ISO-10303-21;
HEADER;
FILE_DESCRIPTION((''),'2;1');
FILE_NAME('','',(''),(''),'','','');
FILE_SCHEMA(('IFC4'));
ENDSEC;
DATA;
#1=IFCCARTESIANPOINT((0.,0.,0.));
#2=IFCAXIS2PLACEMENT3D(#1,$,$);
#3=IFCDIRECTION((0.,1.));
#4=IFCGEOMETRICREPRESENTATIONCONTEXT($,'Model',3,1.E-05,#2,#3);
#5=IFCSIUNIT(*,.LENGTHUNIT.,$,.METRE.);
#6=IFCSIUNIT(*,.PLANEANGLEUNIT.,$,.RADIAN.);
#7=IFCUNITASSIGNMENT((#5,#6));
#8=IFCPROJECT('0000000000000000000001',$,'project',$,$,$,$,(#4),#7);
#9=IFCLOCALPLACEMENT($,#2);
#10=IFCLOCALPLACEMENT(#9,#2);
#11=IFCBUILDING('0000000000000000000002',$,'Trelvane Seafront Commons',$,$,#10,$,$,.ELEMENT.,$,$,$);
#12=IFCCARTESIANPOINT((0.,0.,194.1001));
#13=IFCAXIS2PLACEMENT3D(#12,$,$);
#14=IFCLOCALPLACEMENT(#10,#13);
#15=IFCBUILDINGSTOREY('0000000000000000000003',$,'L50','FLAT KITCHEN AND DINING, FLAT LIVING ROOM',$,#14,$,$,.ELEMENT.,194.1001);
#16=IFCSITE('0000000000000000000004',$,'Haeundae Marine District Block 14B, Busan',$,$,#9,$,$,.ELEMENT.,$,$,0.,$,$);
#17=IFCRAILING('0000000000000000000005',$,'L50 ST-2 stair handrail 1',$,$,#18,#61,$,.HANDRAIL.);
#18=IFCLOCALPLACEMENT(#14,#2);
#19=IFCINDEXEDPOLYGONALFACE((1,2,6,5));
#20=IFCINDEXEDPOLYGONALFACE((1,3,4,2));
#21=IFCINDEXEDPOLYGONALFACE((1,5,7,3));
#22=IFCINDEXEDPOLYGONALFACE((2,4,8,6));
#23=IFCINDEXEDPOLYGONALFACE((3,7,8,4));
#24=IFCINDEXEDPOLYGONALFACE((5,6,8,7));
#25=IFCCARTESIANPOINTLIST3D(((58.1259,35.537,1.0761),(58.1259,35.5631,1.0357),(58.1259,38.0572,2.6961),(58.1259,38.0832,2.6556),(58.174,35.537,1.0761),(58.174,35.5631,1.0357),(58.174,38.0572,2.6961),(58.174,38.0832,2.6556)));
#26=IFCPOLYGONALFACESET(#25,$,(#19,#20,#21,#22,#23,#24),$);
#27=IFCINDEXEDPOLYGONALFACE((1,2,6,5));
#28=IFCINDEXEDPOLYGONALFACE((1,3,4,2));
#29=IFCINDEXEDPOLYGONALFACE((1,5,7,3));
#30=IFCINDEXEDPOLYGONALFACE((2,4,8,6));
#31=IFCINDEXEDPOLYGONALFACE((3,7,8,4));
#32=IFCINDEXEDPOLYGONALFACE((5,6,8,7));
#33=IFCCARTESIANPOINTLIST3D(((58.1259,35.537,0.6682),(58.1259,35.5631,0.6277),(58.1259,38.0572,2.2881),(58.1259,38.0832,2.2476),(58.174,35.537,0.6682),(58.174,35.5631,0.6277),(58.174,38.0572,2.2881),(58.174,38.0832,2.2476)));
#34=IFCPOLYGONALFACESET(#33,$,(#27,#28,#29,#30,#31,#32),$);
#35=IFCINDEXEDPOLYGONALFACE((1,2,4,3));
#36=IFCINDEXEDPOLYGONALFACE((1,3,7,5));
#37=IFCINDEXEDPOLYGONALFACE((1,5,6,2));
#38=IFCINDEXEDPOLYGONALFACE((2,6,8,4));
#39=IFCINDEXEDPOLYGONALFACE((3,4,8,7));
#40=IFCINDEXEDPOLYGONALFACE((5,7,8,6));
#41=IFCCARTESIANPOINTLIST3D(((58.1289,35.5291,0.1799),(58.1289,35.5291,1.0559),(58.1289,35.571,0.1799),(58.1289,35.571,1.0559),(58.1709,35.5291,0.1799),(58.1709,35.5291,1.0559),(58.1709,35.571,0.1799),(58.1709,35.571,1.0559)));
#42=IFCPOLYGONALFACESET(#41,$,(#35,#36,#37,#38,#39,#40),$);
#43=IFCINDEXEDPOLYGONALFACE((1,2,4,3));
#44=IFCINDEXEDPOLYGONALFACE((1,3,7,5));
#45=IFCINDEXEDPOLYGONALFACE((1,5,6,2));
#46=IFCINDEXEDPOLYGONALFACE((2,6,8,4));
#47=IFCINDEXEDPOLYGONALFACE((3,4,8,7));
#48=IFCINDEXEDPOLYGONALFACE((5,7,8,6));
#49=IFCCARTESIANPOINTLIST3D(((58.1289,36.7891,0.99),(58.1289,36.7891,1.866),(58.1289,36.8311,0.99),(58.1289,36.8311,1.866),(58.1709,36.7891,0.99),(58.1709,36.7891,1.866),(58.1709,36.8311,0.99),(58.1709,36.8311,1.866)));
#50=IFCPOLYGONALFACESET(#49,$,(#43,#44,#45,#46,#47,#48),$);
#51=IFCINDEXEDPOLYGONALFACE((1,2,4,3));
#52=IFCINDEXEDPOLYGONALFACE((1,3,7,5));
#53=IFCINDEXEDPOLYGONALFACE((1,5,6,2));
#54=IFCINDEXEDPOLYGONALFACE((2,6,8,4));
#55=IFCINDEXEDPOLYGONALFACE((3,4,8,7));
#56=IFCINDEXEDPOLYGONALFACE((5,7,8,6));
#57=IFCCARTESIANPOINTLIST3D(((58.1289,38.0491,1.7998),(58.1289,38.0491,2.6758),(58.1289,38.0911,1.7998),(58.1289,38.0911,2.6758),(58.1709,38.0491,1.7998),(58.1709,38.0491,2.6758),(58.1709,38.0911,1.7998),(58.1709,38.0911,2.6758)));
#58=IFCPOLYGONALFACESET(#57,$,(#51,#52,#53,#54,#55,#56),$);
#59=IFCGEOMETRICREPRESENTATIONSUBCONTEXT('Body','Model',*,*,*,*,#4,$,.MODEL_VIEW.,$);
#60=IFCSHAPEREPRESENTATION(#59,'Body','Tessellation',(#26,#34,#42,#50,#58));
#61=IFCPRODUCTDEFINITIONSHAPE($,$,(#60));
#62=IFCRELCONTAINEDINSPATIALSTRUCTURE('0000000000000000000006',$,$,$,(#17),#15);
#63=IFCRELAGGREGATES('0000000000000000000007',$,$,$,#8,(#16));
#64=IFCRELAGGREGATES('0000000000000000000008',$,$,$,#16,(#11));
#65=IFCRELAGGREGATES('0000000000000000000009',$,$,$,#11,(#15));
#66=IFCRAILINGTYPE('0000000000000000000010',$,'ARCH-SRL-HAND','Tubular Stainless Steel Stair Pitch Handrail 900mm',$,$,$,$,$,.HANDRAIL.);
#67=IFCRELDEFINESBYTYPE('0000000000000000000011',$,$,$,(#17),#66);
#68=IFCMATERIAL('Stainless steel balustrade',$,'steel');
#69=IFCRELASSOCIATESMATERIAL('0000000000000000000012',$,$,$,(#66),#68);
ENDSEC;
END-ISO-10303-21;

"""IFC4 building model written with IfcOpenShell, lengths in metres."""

from ifc_helpers import new_model, si_unit, direction, frame, origin, origin_2d, place, context, subcontext, project, spatial, rectangle, extrude, material, type_object, element, save


model = new_model("IFC4")

# Units and contexts
model_context = context("Model", 3, precision=1e-05, world=origin(), true_north=direction((0.0, 1.0)))
body_context = subcontext(model_context, "Body", "Model", "MODEL_VIEW")
ifc_project = project(units=[si_unit("LENGTHUNIT", "METRE"), si_unit("PLANEANGLEUNIT", "RADIAN")], contexts=[model_context])

# Site, building, storey
site_placement = place(None, origin())
site = spatial("IfcSite", under=ifc_project, at=site_placement, Name="Haeundae Marine District Block 14B, Busan", CompositionType="ELEMENT", RefElevation=0.0)
building_placement = place(site_placement, origin())
building = spatial("IfcBuilding", under=site, at=building_placement, Name="Trelvane Seafront Commons", CompositionType="ELEMENT")
storey_placement = place(building_placement, frame((0.0, 0.0, 194.1001)))
storey = spatial("IfcBuildingStorey", under=building, at=storey_placement, Name="L50", Description="FLAT KITCHEN AND DINING, FLAT LIVING ROOM", CompositionType="ELEMENT", Elevation=194.1001)

# Railing
ifc_material_1 = material(Name="Stainless steel balustrade", Category="steel")
railing_type_1 = type_object("IfcRailingType", Name="ARCH-SRL-HAND", Description="Tubular Stainless Steel Stair Pitch Handrail 900mm", PredefinedType="HANDRAIL", material=ifc_material_1)
railing_1_placement = place(storey_placement, frame((58.1499, 35.55, 0.1799)))
element("IfcRailing", 1, at=railing_1_placement, inside=storey, type_object=railing_type_1, Name="L50 ST-2 stair handrail 1", PredefinedType="HANDRAIL", context=body_context, shape_type="SweptSolid", body=[
    extrude(rectangle(XDim=0.0481, YDim=0.0481, at=origin_2d()), frame((0.0, 0.0, 0.876), z_axis=(0.0, 0.8412, 0.540725), x_axis=(-1.0, 0.0, 0.0)), (0.0, 0.0, 1.0), 2.9958),
    extrude(rectangle(XDim=0.0481, YDim=0.0481, at=origin_2d()), frame((0.0, 0.0, 0.468), z_axis=(0.0, 0.8412, 0.540725), x_axis=(-1.0, 0.0, 0.0)), (0.0, 0.0, 1.0), 2.9958),
    extrude(rectangle(XDim=0.042, YDim=0.042, at=origin_2d()), origin(), (0.0, 0.0, 1.0), 0.876),
    extrude(rectangle(XDim=0.042, YDim=0.042, at=origin_2d()), frame((0.0, 1.26, 0.8101)), (0.0, 0.0, 1.0), 0.876),
    extrude(rectangle(XDim=0.042, YDim=0.042, at=origin_2d()), frame((0.0, 2.52, 1.6199)), (0.0, 0.0, 1.0), 0.876),
])

save(model, "model.ifc")
